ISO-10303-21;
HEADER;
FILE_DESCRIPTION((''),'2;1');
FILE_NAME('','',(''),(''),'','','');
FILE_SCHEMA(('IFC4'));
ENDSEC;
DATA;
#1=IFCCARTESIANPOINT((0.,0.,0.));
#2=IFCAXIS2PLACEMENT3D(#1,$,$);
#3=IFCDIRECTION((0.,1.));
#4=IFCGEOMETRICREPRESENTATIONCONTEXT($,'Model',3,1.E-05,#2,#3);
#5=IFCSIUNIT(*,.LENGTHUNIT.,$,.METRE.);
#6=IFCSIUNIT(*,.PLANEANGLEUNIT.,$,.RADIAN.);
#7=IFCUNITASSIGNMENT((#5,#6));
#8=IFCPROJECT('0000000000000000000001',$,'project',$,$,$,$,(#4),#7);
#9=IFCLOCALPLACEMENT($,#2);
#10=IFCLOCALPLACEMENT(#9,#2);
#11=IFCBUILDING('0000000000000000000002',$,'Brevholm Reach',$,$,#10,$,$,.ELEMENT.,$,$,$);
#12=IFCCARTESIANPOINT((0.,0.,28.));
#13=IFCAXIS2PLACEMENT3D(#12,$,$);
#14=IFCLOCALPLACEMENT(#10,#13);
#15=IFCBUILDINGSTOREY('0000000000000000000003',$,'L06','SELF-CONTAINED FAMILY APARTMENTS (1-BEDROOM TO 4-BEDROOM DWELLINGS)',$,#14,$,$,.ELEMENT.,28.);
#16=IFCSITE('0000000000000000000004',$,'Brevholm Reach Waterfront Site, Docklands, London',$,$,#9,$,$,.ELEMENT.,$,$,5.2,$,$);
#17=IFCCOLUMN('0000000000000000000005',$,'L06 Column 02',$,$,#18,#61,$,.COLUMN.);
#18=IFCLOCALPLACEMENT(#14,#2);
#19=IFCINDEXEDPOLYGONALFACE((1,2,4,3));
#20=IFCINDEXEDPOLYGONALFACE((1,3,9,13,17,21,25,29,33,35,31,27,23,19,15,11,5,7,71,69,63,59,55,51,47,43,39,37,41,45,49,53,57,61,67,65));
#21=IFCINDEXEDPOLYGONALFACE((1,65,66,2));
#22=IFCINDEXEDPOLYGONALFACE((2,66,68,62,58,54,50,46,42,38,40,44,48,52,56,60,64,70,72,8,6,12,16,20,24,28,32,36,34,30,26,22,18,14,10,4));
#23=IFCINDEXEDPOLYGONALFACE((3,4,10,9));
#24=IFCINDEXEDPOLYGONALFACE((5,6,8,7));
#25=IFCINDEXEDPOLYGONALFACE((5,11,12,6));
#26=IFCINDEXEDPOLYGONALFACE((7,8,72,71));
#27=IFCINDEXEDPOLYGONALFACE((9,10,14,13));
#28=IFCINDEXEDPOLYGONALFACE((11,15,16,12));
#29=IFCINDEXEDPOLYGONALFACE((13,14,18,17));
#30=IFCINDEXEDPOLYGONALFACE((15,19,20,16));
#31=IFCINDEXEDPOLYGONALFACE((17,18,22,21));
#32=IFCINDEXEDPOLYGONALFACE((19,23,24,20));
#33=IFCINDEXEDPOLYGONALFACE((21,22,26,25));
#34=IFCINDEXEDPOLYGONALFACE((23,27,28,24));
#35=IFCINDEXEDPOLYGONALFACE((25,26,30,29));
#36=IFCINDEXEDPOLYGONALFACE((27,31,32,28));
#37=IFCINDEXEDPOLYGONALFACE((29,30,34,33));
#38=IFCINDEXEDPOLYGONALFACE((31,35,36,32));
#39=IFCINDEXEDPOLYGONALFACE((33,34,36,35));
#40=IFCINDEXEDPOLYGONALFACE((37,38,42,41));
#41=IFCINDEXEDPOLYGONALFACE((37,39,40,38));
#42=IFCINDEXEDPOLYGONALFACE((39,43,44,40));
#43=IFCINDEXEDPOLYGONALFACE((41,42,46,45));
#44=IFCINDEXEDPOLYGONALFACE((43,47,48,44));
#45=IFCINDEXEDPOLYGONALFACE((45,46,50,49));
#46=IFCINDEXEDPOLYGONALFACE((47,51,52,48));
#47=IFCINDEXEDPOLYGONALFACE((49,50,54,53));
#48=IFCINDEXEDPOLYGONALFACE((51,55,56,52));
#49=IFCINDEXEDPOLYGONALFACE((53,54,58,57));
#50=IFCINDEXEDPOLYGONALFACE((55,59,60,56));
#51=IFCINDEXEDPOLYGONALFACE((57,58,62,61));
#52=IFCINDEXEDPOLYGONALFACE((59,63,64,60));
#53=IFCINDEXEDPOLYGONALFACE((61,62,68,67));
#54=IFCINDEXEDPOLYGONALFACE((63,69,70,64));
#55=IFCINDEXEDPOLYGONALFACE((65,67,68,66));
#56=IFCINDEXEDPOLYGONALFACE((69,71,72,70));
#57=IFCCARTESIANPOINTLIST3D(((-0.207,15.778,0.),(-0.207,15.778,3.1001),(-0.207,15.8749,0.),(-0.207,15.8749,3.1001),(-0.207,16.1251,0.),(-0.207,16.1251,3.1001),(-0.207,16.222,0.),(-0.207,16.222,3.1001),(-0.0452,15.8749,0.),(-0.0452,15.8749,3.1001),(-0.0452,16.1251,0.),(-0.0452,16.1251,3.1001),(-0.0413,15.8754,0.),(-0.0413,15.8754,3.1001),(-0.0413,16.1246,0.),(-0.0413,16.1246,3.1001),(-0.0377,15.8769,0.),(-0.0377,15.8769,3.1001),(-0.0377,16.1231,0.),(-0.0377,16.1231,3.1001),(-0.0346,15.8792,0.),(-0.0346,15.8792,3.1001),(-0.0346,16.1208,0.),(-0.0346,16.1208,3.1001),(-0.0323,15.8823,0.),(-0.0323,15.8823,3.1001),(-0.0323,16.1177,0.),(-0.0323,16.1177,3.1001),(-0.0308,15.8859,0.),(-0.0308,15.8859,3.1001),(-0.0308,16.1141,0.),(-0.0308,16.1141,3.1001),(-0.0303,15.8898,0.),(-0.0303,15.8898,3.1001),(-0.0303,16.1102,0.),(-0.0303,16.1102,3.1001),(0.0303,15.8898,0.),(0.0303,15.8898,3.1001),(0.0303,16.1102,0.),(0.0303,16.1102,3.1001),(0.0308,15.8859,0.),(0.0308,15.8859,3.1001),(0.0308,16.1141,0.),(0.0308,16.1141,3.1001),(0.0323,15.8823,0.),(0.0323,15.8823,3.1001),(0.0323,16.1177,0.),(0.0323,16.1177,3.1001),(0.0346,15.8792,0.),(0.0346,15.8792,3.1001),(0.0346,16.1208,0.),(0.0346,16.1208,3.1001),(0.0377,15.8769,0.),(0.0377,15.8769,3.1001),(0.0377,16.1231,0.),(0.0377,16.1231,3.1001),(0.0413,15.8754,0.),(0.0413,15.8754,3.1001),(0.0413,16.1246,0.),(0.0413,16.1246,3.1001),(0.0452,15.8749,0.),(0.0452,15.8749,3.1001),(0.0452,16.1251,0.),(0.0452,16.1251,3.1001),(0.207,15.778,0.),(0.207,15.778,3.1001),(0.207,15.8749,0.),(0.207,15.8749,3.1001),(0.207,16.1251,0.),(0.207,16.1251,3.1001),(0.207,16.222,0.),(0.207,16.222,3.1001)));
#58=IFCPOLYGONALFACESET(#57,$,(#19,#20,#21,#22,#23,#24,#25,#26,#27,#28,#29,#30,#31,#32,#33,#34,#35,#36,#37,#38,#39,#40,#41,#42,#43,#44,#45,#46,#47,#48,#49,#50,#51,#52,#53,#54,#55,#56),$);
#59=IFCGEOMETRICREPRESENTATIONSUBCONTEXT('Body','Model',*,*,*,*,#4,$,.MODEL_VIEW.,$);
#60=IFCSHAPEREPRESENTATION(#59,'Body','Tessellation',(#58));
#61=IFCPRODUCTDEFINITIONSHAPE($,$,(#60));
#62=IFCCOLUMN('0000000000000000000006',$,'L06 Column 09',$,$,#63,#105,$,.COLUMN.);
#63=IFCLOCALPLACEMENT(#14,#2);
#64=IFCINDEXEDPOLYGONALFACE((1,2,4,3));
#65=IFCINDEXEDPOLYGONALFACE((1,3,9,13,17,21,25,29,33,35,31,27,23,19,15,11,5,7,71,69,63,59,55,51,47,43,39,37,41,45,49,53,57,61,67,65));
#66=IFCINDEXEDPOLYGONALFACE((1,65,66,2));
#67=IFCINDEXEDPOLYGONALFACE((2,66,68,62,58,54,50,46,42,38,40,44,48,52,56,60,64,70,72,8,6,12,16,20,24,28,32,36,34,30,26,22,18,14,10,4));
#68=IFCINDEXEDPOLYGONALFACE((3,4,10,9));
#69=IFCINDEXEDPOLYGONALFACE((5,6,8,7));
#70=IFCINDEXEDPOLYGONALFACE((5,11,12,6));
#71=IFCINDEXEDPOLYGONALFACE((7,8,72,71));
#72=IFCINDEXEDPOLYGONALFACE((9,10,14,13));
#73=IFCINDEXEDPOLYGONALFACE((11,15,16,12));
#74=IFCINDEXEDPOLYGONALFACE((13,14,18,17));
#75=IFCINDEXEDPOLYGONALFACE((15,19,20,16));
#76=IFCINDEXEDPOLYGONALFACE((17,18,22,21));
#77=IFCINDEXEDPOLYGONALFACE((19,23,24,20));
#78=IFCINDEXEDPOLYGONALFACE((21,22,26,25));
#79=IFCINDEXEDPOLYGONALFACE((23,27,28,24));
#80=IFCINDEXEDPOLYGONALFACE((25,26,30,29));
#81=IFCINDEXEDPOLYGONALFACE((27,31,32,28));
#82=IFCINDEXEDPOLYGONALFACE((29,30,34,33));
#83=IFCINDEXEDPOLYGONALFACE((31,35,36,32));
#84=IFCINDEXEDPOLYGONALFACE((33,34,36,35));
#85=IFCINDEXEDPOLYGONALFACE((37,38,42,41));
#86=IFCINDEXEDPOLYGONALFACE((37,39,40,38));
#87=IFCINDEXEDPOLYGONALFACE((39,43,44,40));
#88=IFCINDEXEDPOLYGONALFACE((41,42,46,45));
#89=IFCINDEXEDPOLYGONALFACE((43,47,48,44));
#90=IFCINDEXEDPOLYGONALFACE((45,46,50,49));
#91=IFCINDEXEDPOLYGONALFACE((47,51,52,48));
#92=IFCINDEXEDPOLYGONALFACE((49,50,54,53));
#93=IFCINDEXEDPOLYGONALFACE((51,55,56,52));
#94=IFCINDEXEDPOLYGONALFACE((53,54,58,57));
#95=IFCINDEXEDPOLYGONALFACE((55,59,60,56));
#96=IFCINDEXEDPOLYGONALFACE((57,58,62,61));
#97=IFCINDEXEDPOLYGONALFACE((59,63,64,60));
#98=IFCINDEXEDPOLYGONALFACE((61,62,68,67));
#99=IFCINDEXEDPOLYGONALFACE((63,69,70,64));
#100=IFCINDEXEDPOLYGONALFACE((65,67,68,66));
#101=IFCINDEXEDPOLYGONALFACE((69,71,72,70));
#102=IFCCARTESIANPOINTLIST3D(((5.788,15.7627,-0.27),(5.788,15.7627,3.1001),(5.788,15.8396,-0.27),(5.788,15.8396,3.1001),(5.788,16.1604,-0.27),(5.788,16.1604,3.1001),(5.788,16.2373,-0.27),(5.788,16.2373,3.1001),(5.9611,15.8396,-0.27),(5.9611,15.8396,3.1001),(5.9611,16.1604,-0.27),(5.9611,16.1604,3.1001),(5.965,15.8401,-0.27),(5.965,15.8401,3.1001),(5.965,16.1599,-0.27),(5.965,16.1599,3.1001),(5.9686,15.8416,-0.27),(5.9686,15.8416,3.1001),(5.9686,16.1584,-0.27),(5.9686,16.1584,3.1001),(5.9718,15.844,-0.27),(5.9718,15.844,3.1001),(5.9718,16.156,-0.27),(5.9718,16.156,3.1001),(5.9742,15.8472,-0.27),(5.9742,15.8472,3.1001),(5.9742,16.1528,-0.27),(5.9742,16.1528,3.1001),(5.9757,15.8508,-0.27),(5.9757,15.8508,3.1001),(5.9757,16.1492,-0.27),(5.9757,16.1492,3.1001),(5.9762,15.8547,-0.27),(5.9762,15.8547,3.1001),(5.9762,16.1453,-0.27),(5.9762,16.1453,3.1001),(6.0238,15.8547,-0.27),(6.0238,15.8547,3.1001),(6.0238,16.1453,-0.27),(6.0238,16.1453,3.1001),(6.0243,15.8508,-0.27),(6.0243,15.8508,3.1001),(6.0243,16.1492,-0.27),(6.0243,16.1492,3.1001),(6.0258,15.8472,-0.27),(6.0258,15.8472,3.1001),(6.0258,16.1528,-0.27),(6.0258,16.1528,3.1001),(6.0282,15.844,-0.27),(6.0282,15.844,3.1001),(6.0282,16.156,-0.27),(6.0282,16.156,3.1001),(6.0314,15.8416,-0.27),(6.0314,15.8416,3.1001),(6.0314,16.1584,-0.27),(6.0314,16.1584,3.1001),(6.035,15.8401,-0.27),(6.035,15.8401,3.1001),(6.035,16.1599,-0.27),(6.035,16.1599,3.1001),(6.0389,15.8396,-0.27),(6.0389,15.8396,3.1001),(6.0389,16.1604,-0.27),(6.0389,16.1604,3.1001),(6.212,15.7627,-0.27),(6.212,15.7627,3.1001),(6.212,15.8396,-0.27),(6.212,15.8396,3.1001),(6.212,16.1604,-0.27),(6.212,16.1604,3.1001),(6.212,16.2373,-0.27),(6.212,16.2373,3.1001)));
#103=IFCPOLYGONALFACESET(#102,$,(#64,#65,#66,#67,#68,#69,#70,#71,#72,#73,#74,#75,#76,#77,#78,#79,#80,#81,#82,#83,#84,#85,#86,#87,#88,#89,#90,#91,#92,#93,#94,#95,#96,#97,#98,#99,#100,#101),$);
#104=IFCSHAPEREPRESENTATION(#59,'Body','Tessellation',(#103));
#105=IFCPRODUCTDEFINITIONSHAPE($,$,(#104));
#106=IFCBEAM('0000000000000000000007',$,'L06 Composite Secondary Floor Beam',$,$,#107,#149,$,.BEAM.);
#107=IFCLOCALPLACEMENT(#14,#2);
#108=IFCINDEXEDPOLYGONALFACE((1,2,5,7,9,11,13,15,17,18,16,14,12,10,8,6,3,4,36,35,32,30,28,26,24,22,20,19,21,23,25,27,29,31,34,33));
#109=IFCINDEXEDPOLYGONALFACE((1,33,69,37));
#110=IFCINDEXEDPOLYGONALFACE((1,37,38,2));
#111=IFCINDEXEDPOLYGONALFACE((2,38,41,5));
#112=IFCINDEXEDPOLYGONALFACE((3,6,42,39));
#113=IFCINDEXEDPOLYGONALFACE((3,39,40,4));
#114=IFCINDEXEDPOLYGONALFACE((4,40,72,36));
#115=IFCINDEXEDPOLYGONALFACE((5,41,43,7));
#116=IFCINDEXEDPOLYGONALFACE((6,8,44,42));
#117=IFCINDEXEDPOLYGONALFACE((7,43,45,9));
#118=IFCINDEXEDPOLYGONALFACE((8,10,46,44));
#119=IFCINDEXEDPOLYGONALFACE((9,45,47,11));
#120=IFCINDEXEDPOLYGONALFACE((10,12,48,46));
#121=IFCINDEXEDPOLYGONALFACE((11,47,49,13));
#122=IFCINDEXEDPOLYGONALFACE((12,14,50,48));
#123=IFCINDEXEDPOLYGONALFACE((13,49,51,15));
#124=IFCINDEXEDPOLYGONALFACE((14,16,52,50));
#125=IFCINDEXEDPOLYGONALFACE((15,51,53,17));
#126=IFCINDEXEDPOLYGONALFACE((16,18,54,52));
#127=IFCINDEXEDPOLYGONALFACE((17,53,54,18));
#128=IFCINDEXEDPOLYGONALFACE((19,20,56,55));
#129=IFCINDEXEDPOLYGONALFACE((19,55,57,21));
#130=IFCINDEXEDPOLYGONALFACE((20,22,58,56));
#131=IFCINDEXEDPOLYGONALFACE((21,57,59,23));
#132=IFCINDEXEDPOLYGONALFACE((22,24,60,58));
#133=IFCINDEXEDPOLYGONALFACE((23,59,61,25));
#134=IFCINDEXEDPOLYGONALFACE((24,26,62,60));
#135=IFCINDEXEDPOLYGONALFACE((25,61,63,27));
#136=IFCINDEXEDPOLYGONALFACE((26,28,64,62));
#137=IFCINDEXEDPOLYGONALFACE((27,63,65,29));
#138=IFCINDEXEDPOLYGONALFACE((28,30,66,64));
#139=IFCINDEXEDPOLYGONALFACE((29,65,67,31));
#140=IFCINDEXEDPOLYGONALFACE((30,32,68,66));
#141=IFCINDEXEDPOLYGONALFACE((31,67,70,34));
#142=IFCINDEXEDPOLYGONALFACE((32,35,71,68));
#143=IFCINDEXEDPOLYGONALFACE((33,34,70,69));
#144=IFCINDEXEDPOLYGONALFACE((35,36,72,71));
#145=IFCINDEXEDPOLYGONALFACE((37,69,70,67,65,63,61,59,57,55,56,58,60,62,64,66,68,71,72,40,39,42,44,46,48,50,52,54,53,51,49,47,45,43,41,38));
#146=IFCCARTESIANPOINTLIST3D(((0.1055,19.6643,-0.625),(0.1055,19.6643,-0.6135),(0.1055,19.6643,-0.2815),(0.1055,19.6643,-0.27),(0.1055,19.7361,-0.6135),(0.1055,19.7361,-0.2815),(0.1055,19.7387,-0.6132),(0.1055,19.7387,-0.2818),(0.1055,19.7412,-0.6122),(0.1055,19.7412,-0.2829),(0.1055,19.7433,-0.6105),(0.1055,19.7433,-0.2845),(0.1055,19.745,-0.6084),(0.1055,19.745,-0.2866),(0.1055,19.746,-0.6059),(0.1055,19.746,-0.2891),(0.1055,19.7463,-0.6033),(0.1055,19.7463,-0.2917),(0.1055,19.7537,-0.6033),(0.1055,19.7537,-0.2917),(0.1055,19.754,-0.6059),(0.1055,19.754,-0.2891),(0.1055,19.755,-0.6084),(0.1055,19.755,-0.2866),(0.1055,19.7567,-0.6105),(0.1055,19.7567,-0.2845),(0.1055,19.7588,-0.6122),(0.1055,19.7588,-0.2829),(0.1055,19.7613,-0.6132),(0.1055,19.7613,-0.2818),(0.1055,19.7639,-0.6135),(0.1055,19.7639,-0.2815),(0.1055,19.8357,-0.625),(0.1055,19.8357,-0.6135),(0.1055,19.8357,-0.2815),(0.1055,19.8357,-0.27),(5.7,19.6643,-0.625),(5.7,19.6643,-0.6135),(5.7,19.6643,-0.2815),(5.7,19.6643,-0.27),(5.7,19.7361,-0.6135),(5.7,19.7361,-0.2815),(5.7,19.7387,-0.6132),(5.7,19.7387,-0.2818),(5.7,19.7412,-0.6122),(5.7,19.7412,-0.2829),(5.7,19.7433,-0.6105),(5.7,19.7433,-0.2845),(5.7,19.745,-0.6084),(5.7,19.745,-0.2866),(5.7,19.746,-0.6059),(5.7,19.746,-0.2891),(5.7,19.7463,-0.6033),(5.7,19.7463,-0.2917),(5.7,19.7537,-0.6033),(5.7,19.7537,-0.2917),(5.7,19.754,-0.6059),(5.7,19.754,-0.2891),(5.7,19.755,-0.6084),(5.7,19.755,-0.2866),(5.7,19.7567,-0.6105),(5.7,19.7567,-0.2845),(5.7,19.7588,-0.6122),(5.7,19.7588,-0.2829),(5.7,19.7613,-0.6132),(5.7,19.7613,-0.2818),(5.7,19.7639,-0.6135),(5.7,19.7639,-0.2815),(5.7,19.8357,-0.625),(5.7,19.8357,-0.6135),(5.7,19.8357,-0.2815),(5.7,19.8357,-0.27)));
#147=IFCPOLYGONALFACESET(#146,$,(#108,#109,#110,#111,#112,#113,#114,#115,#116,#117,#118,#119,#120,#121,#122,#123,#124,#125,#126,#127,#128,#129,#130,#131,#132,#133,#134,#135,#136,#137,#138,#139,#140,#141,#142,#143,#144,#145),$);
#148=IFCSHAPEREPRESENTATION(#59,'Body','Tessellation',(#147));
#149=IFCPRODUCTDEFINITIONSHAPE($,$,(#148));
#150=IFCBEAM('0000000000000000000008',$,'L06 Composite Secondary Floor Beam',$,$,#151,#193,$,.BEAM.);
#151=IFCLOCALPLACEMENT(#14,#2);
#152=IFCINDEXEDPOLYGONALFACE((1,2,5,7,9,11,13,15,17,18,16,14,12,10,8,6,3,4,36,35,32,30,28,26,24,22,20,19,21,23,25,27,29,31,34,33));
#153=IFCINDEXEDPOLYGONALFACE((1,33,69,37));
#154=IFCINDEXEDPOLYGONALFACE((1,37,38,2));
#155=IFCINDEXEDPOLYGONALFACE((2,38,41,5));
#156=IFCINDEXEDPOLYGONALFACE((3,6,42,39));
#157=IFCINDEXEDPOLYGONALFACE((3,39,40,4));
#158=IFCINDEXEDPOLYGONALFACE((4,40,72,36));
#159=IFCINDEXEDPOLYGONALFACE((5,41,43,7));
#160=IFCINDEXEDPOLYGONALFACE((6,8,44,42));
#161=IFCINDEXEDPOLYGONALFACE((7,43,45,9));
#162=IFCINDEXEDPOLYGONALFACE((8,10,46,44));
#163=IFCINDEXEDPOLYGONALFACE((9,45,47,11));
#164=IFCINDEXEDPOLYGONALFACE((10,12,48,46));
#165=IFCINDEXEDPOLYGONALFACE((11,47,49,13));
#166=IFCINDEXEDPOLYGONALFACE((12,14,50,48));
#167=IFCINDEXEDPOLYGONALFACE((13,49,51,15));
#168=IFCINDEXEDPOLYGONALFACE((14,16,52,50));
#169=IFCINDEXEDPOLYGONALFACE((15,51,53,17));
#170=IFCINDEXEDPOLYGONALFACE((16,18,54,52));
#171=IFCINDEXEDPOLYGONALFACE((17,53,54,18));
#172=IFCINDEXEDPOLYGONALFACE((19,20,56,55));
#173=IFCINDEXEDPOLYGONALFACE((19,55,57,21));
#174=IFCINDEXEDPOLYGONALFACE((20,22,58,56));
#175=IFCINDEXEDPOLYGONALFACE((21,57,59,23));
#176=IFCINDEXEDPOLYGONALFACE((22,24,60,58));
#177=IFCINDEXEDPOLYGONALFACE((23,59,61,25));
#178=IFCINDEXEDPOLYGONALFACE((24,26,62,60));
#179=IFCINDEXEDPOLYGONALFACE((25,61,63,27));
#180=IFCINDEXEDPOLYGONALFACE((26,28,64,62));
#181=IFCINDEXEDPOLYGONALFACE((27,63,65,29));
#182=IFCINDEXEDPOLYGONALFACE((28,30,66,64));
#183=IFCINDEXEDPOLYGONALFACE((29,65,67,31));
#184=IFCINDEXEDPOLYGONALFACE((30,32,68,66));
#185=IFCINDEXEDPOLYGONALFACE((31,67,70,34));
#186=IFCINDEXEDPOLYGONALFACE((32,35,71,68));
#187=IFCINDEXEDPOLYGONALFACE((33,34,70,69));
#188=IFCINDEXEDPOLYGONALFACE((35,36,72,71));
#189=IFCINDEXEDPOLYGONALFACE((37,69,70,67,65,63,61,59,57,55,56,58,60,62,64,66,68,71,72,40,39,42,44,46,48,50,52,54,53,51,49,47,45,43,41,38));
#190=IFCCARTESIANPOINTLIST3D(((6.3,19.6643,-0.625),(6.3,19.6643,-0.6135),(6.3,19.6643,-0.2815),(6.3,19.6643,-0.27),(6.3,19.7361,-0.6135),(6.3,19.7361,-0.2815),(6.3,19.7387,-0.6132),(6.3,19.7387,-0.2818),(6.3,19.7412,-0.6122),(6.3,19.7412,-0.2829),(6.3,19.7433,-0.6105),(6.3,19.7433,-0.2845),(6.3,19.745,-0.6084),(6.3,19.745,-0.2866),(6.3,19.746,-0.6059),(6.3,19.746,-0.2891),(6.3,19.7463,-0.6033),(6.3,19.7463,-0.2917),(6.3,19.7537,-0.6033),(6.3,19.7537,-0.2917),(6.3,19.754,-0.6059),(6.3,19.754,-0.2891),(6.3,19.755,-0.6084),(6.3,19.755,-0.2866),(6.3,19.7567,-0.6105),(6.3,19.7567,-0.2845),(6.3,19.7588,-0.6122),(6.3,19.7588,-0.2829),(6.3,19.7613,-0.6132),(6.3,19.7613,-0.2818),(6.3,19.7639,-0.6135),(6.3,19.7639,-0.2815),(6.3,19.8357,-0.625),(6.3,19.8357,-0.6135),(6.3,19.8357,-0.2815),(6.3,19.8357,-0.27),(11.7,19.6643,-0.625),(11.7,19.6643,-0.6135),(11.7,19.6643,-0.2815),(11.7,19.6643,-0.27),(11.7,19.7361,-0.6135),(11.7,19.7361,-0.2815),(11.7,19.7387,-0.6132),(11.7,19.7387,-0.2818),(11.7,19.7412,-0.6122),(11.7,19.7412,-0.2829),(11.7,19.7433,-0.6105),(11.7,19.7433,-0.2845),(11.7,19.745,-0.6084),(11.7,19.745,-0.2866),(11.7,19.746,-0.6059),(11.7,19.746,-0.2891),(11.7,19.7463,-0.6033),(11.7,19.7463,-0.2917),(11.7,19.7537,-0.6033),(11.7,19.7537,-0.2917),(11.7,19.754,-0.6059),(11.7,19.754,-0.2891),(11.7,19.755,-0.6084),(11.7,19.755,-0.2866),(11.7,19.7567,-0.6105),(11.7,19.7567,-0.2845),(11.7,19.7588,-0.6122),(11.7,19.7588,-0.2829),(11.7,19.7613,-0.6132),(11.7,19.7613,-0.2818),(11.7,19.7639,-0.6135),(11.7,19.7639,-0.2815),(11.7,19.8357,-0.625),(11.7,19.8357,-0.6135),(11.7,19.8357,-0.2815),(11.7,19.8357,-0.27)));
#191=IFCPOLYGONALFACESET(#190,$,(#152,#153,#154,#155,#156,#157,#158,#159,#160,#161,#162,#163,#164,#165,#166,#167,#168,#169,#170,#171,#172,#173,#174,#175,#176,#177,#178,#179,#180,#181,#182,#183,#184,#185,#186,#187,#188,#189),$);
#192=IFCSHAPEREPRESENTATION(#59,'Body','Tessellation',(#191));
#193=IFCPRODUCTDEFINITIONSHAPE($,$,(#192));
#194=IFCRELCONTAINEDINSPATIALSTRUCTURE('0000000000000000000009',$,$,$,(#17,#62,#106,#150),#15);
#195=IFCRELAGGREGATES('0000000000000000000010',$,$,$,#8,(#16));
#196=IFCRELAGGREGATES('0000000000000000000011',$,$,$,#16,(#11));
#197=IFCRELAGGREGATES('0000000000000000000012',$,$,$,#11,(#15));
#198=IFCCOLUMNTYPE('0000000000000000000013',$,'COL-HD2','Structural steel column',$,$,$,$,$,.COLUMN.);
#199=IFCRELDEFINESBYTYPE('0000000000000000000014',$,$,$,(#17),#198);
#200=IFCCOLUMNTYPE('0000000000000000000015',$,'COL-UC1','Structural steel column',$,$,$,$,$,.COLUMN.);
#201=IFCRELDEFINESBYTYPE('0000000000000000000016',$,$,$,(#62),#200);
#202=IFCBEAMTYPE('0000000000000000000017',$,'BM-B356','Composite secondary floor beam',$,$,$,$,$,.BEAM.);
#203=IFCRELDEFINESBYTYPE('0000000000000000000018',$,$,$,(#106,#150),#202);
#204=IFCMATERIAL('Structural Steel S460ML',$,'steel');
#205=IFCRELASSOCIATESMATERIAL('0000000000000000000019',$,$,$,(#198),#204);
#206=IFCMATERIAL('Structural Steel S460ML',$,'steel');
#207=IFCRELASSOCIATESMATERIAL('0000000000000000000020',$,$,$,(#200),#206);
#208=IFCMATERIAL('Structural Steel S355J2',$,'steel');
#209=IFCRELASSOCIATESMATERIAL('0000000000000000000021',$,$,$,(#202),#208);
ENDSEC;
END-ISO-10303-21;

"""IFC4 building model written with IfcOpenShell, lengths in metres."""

from ifc_helpers import new_model, si_unit, direction, frame, origin, origin_2d, place, context, subcontext, project, spatial, i_section, extrude, material, material_profile, profile_set, type_object, element, save


model = new_model("IFC4")

# Units and contexts
model_context = context("Model", 3, precision=1e-05, world=origin(), true_north=direction((0.0, 1.0)))
body_context = subcontext(model_context, "Body", "Model", "MODEL_VIEW")
ifc_project = project(units=[si_unit("LENGTHUNIT", "METRE"), si_unit("PLANEANGLEUNIT", "RADIAN")], contexts=[model_context])

# Site, building, storey
site_placement = place(None, origin())
site = spatial("IfcSite", under=ifc_project, at=site_placement, Name="Brevholm Reach Waterfront Site, Docklands, London", CompositionType="ELEMENT", RefElevation=5.2)
building_placement = place(site_placement, origin())
building = spatial("IfcBuilding", under=site, at=building_placement, Name="Brevholm Reach", CompositionType="ELEMENT")
storey_placement = place(building_placement, frame((0.0, 0.0, 28.0)))
storey = spatial("IfcBuildingStorey", under=building, at=storey_placement, Name="L06", Description="SELF-CONTAINED FAMILY APARTMENTS (1-BEDROOM TO 4-BEDROOM DWELLINGS)", CompositionType="ELEMENT", Elevation=28.0)

# Columns
ifc_material_1 = material(Name="Structural Steel S460ML", Category="steel")
ifc_material_profile_1 = material_profile(ifc_material_1, i_section(OverallWidth=0.4141, OverallDepth=0.4441, WebThickness=0.0605, FlangeThickness=0.0969, FilletRadius=0.0149, at=origin_2d()), Name="HD 400x818")
ifc_profile_set_1 = profile_set([ifc_material_profile_1], Name="Structural Steel S460ML")
column_type_1 = type_object("IfcColumnType", Name="COL-HD2", Description="Structural steel column", PredefinedType="COLUMN", material=ifc_profile_set_1)
column_1_placement = place(storey_placement, frame((0.0, 16.0, 0.0), z_axis=(0.0, 0.0, 1.0), x_axis=(1.0, 0.0, 0.0)))
element("IfcColumn", 1, at=column_1_placement, inside=storey, type_object=column_type_1, Name="L06 Column 02", PredefinedType="COLUMN", context=body_context, shape_type="SweptSolid", body=[
    extrude(i_section(OverallWidth=0.4141, OverallDepth=0.4441, WebThickness=0.0605, FlangeThickness=0.0969, FilletRadius=0.0149, at=origin_2d()), origin(), (0.0, 0.0, 1.0), 3.1001),
])
ifc_material_2 = material(Name="Structural Steel S460ML", Category="steel")
ifc_material_profile_2 = material_profile(ifc_material_2, i_section(OverallWidth=0.4241, OverallDepth=0.4746, WebThickness=0.0476, FlangeThickness=0.0769, FilletRadius=0.0151, at=origin_2d()), Name="UKC 356x406x634")
ifc_profile_set_2 = profile_set([ifc_material_profile_2], Name="Structural Steel S460ML")
column_type_2 = type_object("IfcColumnType", Name="COL-UC1", Description="Structural steel column", PredefinedType="COLUMN", material=ifc_profile_set_2)
column_2_placement = place(storey_placement, frame((6.0, 16.0, -0.27), z_axis=(0.0, 0.0, 1.0), x_axis=(1.0, 0.0, 0.0)))
element("IfcColumn", 2, at=column_2_placement, inside=storey, type_object=column_type_2, Name="L06 Column 09", PredefinedType="COLUMN", context=body_context, shape_type="SweptSolid", body=[
    extrude(i_section(OverallWidth=0.4241, OverallDepth=0.4746, WebThickness=0.0476, FlangeThickness=0.0769, FilletRadius=0.0151, at=origin_2d()), origin(), (0.0, 0.0, 1.0), 3.3701),
])

# Beams
ifc_material_3 = material(Name="Structural Steel S355J2", Category="steel")
ifc_material_profile_3 = material_profile(ifc_material_3, i_section(OverallWidth=0.1714, OverallDepth=0.355, WebThickness=0.0073, FlangeThickness=0.0115, FilletRadius=0.0103, at=origin_2d()), Name="UKB 356x171x51")
ifc_profile_set_3 = profile_set([ifc_material_profile_3], Name="Structural Steel S355J2")
beam_type_1 = type_object("IfcBeamType", Name="BM-B356", Description="Composite secondary floor beam", PredefinedType="BEAM", material=ifc_profile_set_3)
beam_1_placement = place(storey_placement, frame((0.1055, 19.75, -0.4475), z_axis=(1.0, 0.0, 0.0), x_axis=(0.0, 1.0, 0.0)))
element("IfcBeam", 3, at=beam_1_placement, inside=storey, type_object=beam_type_1, Name="L06 Composite Secondary Floor Beam", PredefinedType="BEAM", context=body_context, shape_type="SweptSolid", body=[
    extrude(i_section(OverallWidth=0.1714, OverallDepth=0.355, WebThickness=0.0073, FlangeThickness=0.0115, FilletRadius=0.0103, at=origin_2d()), origin(), (0.0, 0.0, 1.0), 5.5945),
])
beam_2_placement = place(storey_placement, frame((6.3, 19.75, -0.4475), z_axis=(1.0, 0.0, 0.0), x_axis=(0.0, 1.0, 0.0)))
element("IfcBeam", 4, at=beam_2_placement, inside=storey, type_object=beam_type_1, Name="L06 Composite Secondary Floor Beam", PredefinedType="BEAM", context=body_context, shape_type="SweptSolid", body=[
    extrude(i_section(OverallWidth=0.1714, OverallDepth=0.355, WebThickness=0.0073, FlangeThickness=0.0115, FilletRadius=0.0103, at=origin_2d()), origin(), (0.0, 0.0, 1.0), 5.3999),
])

save(model, "model.ifc")
